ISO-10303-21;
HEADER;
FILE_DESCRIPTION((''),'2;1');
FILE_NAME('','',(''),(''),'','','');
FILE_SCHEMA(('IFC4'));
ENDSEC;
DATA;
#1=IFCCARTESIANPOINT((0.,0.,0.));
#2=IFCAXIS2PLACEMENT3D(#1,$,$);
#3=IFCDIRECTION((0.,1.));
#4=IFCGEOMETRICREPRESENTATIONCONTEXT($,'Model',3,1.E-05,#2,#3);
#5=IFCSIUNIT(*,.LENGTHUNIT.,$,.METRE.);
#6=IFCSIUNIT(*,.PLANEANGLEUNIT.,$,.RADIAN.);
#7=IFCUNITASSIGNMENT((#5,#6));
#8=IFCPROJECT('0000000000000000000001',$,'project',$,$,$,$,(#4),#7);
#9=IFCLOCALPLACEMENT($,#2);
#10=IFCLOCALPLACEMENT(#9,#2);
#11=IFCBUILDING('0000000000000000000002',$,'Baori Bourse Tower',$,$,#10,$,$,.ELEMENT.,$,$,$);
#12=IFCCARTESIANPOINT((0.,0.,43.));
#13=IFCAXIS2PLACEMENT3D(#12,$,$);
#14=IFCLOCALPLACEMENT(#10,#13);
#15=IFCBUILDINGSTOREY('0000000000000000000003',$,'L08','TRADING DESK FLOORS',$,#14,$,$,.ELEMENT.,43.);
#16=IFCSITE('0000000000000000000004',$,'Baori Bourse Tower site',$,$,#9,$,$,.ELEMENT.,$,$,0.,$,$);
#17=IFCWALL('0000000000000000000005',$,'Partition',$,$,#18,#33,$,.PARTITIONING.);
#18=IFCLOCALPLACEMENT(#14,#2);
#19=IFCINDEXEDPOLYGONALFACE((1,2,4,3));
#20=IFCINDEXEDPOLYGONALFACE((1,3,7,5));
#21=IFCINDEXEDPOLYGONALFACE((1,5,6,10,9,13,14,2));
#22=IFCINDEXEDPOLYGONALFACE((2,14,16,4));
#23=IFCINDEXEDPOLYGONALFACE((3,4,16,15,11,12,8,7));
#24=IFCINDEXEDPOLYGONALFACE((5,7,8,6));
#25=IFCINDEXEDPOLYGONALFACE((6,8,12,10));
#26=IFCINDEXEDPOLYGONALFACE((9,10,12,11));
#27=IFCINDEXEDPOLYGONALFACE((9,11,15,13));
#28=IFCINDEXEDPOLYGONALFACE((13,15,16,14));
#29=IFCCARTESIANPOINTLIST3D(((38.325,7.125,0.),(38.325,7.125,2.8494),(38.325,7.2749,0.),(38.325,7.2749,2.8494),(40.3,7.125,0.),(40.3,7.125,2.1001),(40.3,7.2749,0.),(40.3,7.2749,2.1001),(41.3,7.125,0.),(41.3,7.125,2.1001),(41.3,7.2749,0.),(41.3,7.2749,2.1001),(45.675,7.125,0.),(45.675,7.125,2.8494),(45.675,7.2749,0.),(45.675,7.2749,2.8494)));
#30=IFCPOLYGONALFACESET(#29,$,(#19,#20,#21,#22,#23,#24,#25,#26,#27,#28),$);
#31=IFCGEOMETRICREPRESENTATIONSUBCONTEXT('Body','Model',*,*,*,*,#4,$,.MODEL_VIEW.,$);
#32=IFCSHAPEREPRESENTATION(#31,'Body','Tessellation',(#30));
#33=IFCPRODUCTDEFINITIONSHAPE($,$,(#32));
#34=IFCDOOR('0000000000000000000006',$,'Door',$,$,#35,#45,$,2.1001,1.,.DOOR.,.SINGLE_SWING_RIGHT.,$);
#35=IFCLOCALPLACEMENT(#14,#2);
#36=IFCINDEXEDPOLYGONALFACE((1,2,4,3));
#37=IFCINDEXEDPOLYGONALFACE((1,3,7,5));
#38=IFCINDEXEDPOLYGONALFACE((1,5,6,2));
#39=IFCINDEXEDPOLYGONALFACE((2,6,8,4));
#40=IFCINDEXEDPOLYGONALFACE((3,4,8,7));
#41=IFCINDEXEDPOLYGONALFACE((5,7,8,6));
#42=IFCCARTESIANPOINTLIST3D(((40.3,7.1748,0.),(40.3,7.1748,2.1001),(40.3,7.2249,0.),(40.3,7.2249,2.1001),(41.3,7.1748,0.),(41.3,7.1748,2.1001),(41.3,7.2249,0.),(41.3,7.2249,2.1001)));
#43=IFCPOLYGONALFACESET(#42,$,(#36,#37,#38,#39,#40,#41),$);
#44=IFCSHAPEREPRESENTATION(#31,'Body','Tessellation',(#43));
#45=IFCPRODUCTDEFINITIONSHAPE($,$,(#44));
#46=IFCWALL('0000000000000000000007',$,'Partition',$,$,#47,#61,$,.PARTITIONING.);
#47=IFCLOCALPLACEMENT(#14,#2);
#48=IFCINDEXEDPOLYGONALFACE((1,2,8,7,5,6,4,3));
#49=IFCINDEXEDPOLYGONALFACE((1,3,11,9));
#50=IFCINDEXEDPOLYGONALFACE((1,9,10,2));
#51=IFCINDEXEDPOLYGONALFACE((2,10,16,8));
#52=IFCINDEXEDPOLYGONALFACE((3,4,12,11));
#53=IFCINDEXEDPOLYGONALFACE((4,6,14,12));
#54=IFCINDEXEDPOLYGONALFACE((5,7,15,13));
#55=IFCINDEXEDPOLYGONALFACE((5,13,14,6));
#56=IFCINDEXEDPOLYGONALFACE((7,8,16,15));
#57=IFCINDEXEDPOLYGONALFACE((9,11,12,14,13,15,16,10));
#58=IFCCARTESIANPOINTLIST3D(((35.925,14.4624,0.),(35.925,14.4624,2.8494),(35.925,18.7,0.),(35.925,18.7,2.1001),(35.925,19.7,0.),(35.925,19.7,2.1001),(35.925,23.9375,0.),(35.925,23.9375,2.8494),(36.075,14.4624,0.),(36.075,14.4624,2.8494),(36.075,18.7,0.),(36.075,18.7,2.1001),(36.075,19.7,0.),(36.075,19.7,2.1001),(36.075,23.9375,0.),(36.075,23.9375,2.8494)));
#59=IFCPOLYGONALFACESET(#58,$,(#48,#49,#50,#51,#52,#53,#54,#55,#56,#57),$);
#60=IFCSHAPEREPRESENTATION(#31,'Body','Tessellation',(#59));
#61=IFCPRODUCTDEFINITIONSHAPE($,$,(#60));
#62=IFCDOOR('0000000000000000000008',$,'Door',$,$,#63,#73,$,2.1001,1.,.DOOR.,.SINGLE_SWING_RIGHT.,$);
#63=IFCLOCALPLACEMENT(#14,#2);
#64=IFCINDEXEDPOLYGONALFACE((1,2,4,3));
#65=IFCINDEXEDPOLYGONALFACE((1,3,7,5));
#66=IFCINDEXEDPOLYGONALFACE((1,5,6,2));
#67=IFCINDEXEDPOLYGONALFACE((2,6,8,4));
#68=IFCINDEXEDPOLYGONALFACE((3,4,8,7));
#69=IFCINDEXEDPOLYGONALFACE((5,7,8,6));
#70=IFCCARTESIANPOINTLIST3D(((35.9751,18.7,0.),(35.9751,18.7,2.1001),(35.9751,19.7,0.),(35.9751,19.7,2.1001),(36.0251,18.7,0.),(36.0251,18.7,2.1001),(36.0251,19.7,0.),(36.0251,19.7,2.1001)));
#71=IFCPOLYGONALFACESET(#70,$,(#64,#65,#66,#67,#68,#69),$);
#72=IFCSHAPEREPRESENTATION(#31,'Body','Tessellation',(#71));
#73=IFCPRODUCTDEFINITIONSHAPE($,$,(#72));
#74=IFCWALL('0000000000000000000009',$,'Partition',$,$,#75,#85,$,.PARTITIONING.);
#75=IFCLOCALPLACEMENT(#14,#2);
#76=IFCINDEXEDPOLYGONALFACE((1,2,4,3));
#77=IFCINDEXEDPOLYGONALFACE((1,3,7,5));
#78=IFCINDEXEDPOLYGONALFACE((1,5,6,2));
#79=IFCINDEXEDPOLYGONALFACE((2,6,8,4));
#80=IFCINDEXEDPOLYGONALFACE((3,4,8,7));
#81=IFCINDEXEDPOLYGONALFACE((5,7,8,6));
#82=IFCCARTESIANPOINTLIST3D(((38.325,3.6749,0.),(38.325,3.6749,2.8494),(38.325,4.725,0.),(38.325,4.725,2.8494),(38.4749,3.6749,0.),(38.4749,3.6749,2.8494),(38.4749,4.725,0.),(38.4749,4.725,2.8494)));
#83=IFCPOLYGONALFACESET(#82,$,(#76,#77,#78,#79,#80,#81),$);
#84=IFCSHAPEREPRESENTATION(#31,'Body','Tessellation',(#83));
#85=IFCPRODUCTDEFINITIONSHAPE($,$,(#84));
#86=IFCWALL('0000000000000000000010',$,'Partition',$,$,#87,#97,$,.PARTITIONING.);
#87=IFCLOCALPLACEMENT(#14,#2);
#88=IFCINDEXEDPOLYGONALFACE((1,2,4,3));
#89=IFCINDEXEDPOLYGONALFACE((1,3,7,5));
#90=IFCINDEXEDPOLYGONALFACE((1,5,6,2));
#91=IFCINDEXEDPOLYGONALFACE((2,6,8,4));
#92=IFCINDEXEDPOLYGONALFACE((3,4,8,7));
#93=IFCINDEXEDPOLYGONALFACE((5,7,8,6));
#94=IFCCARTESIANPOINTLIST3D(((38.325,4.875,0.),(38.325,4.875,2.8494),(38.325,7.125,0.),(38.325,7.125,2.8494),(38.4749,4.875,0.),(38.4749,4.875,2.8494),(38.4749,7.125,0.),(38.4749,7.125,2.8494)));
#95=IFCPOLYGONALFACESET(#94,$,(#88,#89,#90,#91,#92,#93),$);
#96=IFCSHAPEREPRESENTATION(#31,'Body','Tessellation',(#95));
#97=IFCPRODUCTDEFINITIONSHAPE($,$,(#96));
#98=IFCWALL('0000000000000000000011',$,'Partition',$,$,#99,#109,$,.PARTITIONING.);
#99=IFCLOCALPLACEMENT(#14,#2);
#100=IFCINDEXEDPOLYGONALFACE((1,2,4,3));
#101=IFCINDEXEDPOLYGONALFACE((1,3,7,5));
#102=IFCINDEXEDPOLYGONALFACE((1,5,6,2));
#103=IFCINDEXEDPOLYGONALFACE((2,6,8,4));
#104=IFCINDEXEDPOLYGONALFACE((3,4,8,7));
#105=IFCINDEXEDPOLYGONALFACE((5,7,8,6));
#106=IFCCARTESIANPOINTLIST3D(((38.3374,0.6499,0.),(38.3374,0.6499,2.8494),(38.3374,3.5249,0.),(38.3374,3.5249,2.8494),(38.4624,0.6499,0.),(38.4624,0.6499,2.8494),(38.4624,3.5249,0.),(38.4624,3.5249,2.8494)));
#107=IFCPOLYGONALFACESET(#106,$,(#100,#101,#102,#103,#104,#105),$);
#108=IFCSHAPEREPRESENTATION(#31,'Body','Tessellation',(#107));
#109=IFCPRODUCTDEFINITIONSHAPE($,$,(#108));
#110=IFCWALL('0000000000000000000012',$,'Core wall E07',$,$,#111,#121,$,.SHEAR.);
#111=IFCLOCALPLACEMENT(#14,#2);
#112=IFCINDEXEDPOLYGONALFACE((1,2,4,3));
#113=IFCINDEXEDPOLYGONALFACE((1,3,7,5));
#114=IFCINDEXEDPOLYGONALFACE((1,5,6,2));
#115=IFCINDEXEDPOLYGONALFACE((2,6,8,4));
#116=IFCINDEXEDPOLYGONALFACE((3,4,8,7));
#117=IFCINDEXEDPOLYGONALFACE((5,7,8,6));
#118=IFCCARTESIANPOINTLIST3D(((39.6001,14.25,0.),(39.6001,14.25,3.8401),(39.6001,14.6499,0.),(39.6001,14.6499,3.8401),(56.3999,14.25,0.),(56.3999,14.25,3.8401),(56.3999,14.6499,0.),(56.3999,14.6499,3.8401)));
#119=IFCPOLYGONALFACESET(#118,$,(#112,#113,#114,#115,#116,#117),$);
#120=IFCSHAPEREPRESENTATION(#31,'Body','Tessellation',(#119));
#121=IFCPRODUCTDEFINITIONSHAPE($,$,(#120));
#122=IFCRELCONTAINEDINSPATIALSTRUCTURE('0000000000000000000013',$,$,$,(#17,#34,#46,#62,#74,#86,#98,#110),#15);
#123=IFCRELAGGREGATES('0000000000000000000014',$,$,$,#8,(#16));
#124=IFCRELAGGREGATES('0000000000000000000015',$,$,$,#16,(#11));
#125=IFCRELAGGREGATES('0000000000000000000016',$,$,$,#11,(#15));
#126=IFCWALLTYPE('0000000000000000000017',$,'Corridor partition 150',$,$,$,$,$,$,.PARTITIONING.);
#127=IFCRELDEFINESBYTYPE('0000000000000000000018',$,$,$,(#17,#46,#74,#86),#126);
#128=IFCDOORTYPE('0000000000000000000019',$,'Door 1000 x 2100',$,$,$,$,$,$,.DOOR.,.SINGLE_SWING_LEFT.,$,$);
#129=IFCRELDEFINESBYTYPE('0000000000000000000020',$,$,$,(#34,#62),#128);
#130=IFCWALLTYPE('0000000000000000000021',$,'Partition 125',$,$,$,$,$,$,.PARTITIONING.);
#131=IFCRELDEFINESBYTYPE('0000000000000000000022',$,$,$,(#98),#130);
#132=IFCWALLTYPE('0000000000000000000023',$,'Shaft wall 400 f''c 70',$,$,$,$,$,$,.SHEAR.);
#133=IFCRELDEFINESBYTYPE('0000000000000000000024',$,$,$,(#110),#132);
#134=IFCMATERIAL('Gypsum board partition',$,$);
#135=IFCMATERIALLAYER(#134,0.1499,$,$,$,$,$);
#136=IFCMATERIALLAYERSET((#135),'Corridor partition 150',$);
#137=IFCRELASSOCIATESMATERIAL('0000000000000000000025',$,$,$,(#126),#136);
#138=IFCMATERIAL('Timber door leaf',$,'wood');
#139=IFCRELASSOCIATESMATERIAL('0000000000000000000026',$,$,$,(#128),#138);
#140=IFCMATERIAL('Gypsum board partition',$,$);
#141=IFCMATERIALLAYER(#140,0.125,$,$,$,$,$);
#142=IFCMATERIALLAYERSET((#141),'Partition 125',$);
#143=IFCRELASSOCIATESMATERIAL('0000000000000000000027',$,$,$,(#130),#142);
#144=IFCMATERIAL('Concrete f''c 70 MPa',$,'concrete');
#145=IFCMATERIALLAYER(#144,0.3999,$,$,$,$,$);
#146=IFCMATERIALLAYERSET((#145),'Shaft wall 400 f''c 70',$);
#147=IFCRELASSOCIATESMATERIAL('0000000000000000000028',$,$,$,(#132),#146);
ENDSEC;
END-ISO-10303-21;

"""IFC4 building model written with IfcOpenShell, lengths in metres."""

from ifc_helpers import new_model, si_unit, direction, frame, frame_2d, origin, place, context, subcontext, project, spatial, rectangle, extrude, material, layer, layer_set, type_object, element, fill, save


model = new_model("IFC4")

# Units and contexts
model_context = context("Model", 3, precision=1e-05, world=origin(), true_north=direction((0.0, 1.0)))
body_context = subcontext(model_context, "Body", "Model", "MODEL_VIEW")
ifc_project = project(units=[si_unit("LENGTHUNIT", "METRE"), si_unit("PLANEANGLEUNIT", "RADIAN")], contexts=[model_context])

# Site, building, storey
site_placement = place(None, origin())
site = spatial("IfcSite", under=ifc_project, at=site_placement, Name="Baori Bourse Tower site", CompositionType="ELEMENT", RefElevation=0.0)
building_placement = place(site_placement, origin())
building = spatial("IfcBuilding", under=site, at=building_placement, Name="Baori Bourse Tower", CompositionType="ELEMENT")
storey_placement = place(building_placement, frame((0.0, 0.0, 43.0)))
storey = spatial("IfcBuildingStorey", under=building, at=storey_placement, Name="L08", Description="TRADING DESK FLOORS", CompositionType="ELEMENT", Elevation=43.0)

# Shared definitions
ifc_material_1 = material(Name="Gypsum board partition")
ifc_layer_1 = layer(ifc_material_1, 0.1499)
ifc_layer_set_1 = layer_set([ifc_layer_1], Name="Corridor partition 150")
wall_type_1 = type_object("IfcWallType", Name="Corridor partition 150", PredefinedType="PARTITIONING", material=ifc_layer_set_1)

# Walls, openings, doors
wall_1_placement = place(storey_placement, frame((38.325, 7.2, 0.0), z_axis=(0.0, 0.0, 1.0), x_axis=(1.0, 0.0, 0.0)))
wall_1 = element("IfcWall", 1, at=wall_1_placement, inside=storey, type_object=wall_type_1, Name="Partition", PredefinedType="PARTITIONING", context=body_context, shape_type="SweptSolid", body=[
    extrude(rectangle(XDim=7.3501, YDim=0.1499, at=frame_2d((3.675, 0.0))), origin(), (0.0, 0.0, 1.0), 2.8494),
])
opening_1_placement = place(wall_1_placement, frame((1.9751, 0.0, 0.0)))
opening_1 = element("IfcOpeningElement", 2, at=opening_1_placement, cuts=wall_1, PredefinedType="OPENING", context=body_context, shape_type="SweptSolid", body=[
    extrude(rectangle(XDim=1.0, YDim=2.1001, at=frame_2d((0.5, 1.05))), frame((0.0, 0.085, 0.0), z_axis=(0.0, -1.0, 0.0), x_axis=(1.0, 0.0, 0.0)), (0.0, 0.0, 1.0), 0.1699),
])
ifc_material_2 = material(Name="Timber door leaf", Category="wood")
door_type_1 = type_object("IfcDoorType", Name="Door 1000 x 2100", OperationType="SINGLE_SWING_LEFT", PredefinedType="DOOR", material=ifc_material_2)
door_1_placement = place(opening_1_placement, origin())
door_1 = element("IfcDoor", 3, at=door_1_placement, inside=storey, type_object=door_type_1, Name="Door", OperationType="SINGLE_SWING_RIGHT", OverallHeight=2.1001, OverallWidth=1.0, PredefinedType="DOOR", context=body_context, shape_type="SweptSolid", body=[
    extrude(rectangle(XDim=1.0, YDim=2.1001, at=frame_2d((0.5, 1.05))), frame((0.0, 0.0249, 0.0), z_axis=(0.0, -1.0, 0.0), x_axis=(1.0, 0.0, 0.0)), (0.0, 0.0, 1.0), 0.05),
])
fill(opening_1, door_1)
wall_2_placement = place(storey_placement, frame((36.0, 14.4624, 0.0), z_axis=(0.0, 0.0, 1.0), x_axis=(0.0, 1.0, 0.0)))
wall_2 = element("IfcWall", 4, at=wall_2_placement, inside=storey, type_object=wall_type_1, Name="Partition", PredefinedType="PARTITIONING", context=body_context, shape_type="SweptSolid", body=[
    extrude(rectangle(XDim=9.4751, YDim=0.1499, at=frame_2d((4.7375, 0.0))), origin(), (0.0, 0.0, 1.0), 2.8494),
])
opening_2_placement = place(wall_2_placement, frame((4.2375, 0.0, 0.0)))
opening_2 = element("IfcOpeningElement", 5, at=opening_2_placement, cuts=wall_2, PredefinedType="OPENING", context=body_context, shape_type="SweptSolid", body=[
    extrude(rectangle(XDim=1.0, YDim=2.1001, at=frame_2d((0.5, 1.05))), frame((0.0, 0.085, 0.0), z_axis=(0.0, -1.0, 0.0), x_axis=(1.0, 0.0, 0.0)), (0.0, 0.0, 1.0), 0.1699),
])
door_2_placement = place(opening_2_placement, origin())
door_2 = element("IfcDoor", 6, at=door_2_placement, inside=storey, type_object=door_type_1, Name="Door", OperationType="SINGLE_SWING_RIGHT", OverallHeight=2.1001, OverallWidth=1.0, PredefinedType="DOOR", context=body_context, shape_type="SweptSolid", body=[
    extrude(rectangle(XDim=1.0, YDim=2.1001, at=frame_2d((0.5, 1.05))), frame((0.0, 0.0249, 0.0), z_axis=(0.0, -1.0, 0.0), x_axis=(1.0, 0.0, 0.0)), (0.0, 0.0, 1.0), 0.05),
])
fill(opening_2, door_2)

# Walls
wall_3_placement = place(storey_placement, frame((38.3999, 3.675, 0.0), z_axis=(0.0, 0.0, 1.0), x_axis=(0.0, 1.0, 0.0)))
element("IfcWall", 7, at=wall_3_placement, inside=storey, type_object=wall_type_1, Name="Partition", PredefinedType="PARTITIONING", context=body_context, shape_type="SweptSolid", body=[
    extrude(rectangle(XDim=1.05, YDim=0.1499, at=frame_2d((0.5249, 0.0))), origin(), (0.0, 0.0, 1.0), 2.8494),
])
wall_4_placement = place(storey_placement, frame((38.3999, 4.875, 0.0), z_axis=(0.0, 0.0, 1.0), x_axis=(0.0, 1.0, 0.0)))
element("IfcWall", 8, at=wall_4_placement, inside=storey, type_object=wall_type_1, Name="Partition", PredefinedType="PARTITIONING", context=body_context, shape_type="SweptSolid", body=[
    extrude(rectangle(XDim=2.25, YDim=0.1499, at=frame_2d((1.125, 0.0))), origin(), (0.0, 0.0, 1.0), 2.8494),
])
ifc_material_3 = material(Name="Gypsum board partition")
ifc_layer_2 = layer(ifc_material_3, 0.125)
ifc_layer_set_2 = layer_set([ifc_layer_2], Name="Partition 125")
wall_type_2 = type_object("IfcWallType", Name="Partition 125", PredefinedType="PARTITIONING", material=ifc_layer_set_2)
wall_5_placement = place(storey_placement, frame((38.3999, 0.6499, 0.0), z_axis=(0.0, 0.0, 1.0), x_axis=(0.0, 1.0, 0.0)))
element("IfcWall", 9, at=wall_5_placement, inside=storey, type_object=wall_type_2, Name="Partition", PredefinedType="PARTITIONING", context=body_context, shape_type="SweptSolid", body=[
    extrude(rectangle(XDim=2.875, YDim=0.125, at=frame_2d((1.4375, 0.0))), origin(), (0.0, 0.0, 1.0), 2.8494),
])
ifc_material_4 = material(Name="Concrete f'c 70 MPa", Category="concrete")
ifc_layer_3 = layer(ifc_material_4, 0.3999)
ifc_layer_set_3 = layer_set([ifc_layer_3], Name="Shaft wall 400 f'c 70")
wall_type_3 = type_object("IfcWallType", Name="Shaft wall 400 f'c 70", PredefinedType="SHEAR", material=ifc_layer_set_3)
wall_6_placement = place(storey_placement, frame((39.6001, 14.45, 0.0), z_axis=(0.0, 0.0, 1.0), x_axis=(1.0, 0.0, 0.0)))
element("IfcWall", 10, at=wall_6_placement, inside=storey, type_object=wall_type_3, Name="Core wall E07", PredefinedType="SHEAR", context=body_context, shape_type="SweptSolid", body=[
    extrude(rectangle(XDim=16.7998, YDim=0.3999, at=frame_2d((8.3999, 0.0))), origin(), (0.0, 0.0, 1.0), 3.8401),
])

save(model, "model.ifc")
